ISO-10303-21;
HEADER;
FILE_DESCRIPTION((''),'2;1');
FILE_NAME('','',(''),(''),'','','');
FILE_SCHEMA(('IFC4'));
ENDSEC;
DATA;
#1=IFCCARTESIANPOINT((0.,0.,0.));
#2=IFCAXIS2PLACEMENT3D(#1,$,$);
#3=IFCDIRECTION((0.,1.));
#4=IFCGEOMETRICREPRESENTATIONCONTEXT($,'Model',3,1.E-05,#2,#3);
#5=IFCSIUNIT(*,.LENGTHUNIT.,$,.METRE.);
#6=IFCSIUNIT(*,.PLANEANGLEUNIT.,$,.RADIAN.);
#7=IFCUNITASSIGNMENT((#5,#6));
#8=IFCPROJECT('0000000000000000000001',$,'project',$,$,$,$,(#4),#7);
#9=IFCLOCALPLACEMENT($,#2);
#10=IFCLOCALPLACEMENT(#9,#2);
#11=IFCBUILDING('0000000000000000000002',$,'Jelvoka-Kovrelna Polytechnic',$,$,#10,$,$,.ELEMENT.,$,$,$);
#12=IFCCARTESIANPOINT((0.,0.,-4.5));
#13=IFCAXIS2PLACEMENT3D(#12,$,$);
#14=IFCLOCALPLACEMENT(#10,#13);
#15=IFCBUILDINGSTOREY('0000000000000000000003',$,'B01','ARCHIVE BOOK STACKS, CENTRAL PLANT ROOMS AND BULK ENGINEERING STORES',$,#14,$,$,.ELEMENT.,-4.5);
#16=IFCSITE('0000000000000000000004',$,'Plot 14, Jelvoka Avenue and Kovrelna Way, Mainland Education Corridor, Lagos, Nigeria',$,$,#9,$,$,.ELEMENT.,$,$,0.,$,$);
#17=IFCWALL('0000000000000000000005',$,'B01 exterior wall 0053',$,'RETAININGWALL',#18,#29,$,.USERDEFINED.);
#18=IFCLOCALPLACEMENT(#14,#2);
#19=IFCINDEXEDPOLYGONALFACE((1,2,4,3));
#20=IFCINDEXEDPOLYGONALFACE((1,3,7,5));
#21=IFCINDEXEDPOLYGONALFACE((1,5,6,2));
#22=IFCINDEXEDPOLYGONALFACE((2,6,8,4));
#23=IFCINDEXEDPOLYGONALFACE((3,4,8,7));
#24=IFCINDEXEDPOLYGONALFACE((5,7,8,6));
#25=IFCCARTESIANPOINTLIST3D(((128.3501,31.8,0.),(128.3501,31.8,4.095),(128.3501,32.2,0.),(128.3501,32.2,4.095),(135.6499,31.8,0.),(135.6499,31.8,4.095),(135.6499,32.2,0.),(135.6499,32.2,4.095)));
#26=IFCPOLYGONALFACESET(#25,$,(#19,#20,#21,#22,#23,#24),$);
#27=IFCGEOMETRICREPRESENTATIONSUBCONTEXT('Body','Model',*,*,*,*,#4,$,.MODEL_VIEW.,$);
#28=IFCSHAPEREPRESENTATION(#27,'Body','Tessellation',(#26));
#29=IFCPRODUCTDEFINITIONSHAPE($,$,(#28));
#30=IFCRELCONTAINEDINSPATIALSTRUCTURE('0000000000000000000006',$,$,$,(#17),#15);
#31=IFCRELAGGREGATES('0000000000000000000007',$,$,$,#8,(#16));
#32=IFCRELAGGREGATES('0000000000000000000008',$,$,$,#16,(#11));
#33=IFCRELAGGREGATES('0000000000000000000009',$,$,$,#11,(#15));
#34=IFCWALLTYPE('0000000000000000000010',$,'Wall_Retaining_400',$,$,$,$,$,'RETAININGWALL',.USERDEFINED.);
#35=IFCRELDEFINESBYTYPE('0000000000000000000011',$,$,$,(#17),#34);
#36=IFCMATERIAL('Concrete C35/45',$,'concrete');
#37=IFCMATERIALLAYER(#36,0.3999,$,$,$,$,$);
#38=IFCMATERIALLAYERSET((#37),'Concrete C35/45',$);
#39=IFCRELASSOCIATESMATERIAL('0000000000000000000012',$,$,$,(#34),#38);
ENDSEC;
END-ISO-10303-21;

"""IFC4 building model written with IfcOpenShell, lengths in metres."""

from ifc_helpers import new_model, si_unit, direction, frame, frame_2d, origin, place, context, subcontext, project, spatial, rectangle, extrude, material, layer, layer_set, type_object, element, save


model = new_model("IFC4")

# Units and contexts
model_context = context("Model", 3, precision=1e-05, world=origin(), true_north=direction((0.0, 1.0)))
body_context = subcontext(model_context, "Body", "Model", "MODEL_VIEW")
ifc_project = project(units=[si_unit("LENGTHUNIT", "METRE"), si_unit("PLANEANGLEUNIT", "RADIAN")], contexts=[model_context])

# Site, building, storey
site_placement = place(None, origin())
site = spatial("IfcSite", under=ifc_project, at=site_placement, Name="Plot 14, Jelvoka Avenue and Kovrelna Way, Mainland Education Corridor, Lagos, Nigeria", CompositionType="ELEMENT", RefElevation=0.0)
building_placement = place(site_placement, origin())
building = spatial("IfcBuilding", under=site, at=building_placement, Name="Jelvoka-Kovrelna Polytechnic", CompositionType="ELEMENT")
storey_placement = place(building_placement, frame((0.0, 0.0, -4.5)))
storey = spatial("IfcBuildingStorey", under=building, at=storey_placement, Name="B01", Description="ARCHIVE BOOK STACKS, CENTRAL PLANT ROOMS AND BULK ENGINEERING STORES", CompositionType="ELEMENT", Elevation=-4.5)

# Wall
ifc_material_1 = material(Name="Concrete C35/45", Category="concrete")
ifc_layer = layer(ifc_material_1, 0.3999)
ifc_layer_set = layer_set([ifc_layer], Name="Concrete C35/45")
wall_type = type_object("IfcWallType", Name="Wall_Retaining_400", ElementType="RETAININGWALL", PredefinedType="USERDEFINED", material=ifc_layer_set)
wall_placement = place(storey_placement, frame((135.6499, 32.0, 0.0), z_axis=(0.0, 0.0, 1.0), x_axis=(-1.0, 0.0, 0.0)))
element("IfcWall", 1, at=wall_placement, inside=storey, type_object=wall_type, Name="B01 exterior wall 0053", ObjectType="RETAININGWALL", PredefinedType="USERDEFINED", context=body_context, shape_type="SweptSolid", body=[
    extrude(rectangle(XDim=7.2998, YDim=0.3999, at=frame_2d((3.6499, 0.0))), origin(), (0.0, 0.0, 1.0), 4.095),
])

save(model, "model.ifc")
